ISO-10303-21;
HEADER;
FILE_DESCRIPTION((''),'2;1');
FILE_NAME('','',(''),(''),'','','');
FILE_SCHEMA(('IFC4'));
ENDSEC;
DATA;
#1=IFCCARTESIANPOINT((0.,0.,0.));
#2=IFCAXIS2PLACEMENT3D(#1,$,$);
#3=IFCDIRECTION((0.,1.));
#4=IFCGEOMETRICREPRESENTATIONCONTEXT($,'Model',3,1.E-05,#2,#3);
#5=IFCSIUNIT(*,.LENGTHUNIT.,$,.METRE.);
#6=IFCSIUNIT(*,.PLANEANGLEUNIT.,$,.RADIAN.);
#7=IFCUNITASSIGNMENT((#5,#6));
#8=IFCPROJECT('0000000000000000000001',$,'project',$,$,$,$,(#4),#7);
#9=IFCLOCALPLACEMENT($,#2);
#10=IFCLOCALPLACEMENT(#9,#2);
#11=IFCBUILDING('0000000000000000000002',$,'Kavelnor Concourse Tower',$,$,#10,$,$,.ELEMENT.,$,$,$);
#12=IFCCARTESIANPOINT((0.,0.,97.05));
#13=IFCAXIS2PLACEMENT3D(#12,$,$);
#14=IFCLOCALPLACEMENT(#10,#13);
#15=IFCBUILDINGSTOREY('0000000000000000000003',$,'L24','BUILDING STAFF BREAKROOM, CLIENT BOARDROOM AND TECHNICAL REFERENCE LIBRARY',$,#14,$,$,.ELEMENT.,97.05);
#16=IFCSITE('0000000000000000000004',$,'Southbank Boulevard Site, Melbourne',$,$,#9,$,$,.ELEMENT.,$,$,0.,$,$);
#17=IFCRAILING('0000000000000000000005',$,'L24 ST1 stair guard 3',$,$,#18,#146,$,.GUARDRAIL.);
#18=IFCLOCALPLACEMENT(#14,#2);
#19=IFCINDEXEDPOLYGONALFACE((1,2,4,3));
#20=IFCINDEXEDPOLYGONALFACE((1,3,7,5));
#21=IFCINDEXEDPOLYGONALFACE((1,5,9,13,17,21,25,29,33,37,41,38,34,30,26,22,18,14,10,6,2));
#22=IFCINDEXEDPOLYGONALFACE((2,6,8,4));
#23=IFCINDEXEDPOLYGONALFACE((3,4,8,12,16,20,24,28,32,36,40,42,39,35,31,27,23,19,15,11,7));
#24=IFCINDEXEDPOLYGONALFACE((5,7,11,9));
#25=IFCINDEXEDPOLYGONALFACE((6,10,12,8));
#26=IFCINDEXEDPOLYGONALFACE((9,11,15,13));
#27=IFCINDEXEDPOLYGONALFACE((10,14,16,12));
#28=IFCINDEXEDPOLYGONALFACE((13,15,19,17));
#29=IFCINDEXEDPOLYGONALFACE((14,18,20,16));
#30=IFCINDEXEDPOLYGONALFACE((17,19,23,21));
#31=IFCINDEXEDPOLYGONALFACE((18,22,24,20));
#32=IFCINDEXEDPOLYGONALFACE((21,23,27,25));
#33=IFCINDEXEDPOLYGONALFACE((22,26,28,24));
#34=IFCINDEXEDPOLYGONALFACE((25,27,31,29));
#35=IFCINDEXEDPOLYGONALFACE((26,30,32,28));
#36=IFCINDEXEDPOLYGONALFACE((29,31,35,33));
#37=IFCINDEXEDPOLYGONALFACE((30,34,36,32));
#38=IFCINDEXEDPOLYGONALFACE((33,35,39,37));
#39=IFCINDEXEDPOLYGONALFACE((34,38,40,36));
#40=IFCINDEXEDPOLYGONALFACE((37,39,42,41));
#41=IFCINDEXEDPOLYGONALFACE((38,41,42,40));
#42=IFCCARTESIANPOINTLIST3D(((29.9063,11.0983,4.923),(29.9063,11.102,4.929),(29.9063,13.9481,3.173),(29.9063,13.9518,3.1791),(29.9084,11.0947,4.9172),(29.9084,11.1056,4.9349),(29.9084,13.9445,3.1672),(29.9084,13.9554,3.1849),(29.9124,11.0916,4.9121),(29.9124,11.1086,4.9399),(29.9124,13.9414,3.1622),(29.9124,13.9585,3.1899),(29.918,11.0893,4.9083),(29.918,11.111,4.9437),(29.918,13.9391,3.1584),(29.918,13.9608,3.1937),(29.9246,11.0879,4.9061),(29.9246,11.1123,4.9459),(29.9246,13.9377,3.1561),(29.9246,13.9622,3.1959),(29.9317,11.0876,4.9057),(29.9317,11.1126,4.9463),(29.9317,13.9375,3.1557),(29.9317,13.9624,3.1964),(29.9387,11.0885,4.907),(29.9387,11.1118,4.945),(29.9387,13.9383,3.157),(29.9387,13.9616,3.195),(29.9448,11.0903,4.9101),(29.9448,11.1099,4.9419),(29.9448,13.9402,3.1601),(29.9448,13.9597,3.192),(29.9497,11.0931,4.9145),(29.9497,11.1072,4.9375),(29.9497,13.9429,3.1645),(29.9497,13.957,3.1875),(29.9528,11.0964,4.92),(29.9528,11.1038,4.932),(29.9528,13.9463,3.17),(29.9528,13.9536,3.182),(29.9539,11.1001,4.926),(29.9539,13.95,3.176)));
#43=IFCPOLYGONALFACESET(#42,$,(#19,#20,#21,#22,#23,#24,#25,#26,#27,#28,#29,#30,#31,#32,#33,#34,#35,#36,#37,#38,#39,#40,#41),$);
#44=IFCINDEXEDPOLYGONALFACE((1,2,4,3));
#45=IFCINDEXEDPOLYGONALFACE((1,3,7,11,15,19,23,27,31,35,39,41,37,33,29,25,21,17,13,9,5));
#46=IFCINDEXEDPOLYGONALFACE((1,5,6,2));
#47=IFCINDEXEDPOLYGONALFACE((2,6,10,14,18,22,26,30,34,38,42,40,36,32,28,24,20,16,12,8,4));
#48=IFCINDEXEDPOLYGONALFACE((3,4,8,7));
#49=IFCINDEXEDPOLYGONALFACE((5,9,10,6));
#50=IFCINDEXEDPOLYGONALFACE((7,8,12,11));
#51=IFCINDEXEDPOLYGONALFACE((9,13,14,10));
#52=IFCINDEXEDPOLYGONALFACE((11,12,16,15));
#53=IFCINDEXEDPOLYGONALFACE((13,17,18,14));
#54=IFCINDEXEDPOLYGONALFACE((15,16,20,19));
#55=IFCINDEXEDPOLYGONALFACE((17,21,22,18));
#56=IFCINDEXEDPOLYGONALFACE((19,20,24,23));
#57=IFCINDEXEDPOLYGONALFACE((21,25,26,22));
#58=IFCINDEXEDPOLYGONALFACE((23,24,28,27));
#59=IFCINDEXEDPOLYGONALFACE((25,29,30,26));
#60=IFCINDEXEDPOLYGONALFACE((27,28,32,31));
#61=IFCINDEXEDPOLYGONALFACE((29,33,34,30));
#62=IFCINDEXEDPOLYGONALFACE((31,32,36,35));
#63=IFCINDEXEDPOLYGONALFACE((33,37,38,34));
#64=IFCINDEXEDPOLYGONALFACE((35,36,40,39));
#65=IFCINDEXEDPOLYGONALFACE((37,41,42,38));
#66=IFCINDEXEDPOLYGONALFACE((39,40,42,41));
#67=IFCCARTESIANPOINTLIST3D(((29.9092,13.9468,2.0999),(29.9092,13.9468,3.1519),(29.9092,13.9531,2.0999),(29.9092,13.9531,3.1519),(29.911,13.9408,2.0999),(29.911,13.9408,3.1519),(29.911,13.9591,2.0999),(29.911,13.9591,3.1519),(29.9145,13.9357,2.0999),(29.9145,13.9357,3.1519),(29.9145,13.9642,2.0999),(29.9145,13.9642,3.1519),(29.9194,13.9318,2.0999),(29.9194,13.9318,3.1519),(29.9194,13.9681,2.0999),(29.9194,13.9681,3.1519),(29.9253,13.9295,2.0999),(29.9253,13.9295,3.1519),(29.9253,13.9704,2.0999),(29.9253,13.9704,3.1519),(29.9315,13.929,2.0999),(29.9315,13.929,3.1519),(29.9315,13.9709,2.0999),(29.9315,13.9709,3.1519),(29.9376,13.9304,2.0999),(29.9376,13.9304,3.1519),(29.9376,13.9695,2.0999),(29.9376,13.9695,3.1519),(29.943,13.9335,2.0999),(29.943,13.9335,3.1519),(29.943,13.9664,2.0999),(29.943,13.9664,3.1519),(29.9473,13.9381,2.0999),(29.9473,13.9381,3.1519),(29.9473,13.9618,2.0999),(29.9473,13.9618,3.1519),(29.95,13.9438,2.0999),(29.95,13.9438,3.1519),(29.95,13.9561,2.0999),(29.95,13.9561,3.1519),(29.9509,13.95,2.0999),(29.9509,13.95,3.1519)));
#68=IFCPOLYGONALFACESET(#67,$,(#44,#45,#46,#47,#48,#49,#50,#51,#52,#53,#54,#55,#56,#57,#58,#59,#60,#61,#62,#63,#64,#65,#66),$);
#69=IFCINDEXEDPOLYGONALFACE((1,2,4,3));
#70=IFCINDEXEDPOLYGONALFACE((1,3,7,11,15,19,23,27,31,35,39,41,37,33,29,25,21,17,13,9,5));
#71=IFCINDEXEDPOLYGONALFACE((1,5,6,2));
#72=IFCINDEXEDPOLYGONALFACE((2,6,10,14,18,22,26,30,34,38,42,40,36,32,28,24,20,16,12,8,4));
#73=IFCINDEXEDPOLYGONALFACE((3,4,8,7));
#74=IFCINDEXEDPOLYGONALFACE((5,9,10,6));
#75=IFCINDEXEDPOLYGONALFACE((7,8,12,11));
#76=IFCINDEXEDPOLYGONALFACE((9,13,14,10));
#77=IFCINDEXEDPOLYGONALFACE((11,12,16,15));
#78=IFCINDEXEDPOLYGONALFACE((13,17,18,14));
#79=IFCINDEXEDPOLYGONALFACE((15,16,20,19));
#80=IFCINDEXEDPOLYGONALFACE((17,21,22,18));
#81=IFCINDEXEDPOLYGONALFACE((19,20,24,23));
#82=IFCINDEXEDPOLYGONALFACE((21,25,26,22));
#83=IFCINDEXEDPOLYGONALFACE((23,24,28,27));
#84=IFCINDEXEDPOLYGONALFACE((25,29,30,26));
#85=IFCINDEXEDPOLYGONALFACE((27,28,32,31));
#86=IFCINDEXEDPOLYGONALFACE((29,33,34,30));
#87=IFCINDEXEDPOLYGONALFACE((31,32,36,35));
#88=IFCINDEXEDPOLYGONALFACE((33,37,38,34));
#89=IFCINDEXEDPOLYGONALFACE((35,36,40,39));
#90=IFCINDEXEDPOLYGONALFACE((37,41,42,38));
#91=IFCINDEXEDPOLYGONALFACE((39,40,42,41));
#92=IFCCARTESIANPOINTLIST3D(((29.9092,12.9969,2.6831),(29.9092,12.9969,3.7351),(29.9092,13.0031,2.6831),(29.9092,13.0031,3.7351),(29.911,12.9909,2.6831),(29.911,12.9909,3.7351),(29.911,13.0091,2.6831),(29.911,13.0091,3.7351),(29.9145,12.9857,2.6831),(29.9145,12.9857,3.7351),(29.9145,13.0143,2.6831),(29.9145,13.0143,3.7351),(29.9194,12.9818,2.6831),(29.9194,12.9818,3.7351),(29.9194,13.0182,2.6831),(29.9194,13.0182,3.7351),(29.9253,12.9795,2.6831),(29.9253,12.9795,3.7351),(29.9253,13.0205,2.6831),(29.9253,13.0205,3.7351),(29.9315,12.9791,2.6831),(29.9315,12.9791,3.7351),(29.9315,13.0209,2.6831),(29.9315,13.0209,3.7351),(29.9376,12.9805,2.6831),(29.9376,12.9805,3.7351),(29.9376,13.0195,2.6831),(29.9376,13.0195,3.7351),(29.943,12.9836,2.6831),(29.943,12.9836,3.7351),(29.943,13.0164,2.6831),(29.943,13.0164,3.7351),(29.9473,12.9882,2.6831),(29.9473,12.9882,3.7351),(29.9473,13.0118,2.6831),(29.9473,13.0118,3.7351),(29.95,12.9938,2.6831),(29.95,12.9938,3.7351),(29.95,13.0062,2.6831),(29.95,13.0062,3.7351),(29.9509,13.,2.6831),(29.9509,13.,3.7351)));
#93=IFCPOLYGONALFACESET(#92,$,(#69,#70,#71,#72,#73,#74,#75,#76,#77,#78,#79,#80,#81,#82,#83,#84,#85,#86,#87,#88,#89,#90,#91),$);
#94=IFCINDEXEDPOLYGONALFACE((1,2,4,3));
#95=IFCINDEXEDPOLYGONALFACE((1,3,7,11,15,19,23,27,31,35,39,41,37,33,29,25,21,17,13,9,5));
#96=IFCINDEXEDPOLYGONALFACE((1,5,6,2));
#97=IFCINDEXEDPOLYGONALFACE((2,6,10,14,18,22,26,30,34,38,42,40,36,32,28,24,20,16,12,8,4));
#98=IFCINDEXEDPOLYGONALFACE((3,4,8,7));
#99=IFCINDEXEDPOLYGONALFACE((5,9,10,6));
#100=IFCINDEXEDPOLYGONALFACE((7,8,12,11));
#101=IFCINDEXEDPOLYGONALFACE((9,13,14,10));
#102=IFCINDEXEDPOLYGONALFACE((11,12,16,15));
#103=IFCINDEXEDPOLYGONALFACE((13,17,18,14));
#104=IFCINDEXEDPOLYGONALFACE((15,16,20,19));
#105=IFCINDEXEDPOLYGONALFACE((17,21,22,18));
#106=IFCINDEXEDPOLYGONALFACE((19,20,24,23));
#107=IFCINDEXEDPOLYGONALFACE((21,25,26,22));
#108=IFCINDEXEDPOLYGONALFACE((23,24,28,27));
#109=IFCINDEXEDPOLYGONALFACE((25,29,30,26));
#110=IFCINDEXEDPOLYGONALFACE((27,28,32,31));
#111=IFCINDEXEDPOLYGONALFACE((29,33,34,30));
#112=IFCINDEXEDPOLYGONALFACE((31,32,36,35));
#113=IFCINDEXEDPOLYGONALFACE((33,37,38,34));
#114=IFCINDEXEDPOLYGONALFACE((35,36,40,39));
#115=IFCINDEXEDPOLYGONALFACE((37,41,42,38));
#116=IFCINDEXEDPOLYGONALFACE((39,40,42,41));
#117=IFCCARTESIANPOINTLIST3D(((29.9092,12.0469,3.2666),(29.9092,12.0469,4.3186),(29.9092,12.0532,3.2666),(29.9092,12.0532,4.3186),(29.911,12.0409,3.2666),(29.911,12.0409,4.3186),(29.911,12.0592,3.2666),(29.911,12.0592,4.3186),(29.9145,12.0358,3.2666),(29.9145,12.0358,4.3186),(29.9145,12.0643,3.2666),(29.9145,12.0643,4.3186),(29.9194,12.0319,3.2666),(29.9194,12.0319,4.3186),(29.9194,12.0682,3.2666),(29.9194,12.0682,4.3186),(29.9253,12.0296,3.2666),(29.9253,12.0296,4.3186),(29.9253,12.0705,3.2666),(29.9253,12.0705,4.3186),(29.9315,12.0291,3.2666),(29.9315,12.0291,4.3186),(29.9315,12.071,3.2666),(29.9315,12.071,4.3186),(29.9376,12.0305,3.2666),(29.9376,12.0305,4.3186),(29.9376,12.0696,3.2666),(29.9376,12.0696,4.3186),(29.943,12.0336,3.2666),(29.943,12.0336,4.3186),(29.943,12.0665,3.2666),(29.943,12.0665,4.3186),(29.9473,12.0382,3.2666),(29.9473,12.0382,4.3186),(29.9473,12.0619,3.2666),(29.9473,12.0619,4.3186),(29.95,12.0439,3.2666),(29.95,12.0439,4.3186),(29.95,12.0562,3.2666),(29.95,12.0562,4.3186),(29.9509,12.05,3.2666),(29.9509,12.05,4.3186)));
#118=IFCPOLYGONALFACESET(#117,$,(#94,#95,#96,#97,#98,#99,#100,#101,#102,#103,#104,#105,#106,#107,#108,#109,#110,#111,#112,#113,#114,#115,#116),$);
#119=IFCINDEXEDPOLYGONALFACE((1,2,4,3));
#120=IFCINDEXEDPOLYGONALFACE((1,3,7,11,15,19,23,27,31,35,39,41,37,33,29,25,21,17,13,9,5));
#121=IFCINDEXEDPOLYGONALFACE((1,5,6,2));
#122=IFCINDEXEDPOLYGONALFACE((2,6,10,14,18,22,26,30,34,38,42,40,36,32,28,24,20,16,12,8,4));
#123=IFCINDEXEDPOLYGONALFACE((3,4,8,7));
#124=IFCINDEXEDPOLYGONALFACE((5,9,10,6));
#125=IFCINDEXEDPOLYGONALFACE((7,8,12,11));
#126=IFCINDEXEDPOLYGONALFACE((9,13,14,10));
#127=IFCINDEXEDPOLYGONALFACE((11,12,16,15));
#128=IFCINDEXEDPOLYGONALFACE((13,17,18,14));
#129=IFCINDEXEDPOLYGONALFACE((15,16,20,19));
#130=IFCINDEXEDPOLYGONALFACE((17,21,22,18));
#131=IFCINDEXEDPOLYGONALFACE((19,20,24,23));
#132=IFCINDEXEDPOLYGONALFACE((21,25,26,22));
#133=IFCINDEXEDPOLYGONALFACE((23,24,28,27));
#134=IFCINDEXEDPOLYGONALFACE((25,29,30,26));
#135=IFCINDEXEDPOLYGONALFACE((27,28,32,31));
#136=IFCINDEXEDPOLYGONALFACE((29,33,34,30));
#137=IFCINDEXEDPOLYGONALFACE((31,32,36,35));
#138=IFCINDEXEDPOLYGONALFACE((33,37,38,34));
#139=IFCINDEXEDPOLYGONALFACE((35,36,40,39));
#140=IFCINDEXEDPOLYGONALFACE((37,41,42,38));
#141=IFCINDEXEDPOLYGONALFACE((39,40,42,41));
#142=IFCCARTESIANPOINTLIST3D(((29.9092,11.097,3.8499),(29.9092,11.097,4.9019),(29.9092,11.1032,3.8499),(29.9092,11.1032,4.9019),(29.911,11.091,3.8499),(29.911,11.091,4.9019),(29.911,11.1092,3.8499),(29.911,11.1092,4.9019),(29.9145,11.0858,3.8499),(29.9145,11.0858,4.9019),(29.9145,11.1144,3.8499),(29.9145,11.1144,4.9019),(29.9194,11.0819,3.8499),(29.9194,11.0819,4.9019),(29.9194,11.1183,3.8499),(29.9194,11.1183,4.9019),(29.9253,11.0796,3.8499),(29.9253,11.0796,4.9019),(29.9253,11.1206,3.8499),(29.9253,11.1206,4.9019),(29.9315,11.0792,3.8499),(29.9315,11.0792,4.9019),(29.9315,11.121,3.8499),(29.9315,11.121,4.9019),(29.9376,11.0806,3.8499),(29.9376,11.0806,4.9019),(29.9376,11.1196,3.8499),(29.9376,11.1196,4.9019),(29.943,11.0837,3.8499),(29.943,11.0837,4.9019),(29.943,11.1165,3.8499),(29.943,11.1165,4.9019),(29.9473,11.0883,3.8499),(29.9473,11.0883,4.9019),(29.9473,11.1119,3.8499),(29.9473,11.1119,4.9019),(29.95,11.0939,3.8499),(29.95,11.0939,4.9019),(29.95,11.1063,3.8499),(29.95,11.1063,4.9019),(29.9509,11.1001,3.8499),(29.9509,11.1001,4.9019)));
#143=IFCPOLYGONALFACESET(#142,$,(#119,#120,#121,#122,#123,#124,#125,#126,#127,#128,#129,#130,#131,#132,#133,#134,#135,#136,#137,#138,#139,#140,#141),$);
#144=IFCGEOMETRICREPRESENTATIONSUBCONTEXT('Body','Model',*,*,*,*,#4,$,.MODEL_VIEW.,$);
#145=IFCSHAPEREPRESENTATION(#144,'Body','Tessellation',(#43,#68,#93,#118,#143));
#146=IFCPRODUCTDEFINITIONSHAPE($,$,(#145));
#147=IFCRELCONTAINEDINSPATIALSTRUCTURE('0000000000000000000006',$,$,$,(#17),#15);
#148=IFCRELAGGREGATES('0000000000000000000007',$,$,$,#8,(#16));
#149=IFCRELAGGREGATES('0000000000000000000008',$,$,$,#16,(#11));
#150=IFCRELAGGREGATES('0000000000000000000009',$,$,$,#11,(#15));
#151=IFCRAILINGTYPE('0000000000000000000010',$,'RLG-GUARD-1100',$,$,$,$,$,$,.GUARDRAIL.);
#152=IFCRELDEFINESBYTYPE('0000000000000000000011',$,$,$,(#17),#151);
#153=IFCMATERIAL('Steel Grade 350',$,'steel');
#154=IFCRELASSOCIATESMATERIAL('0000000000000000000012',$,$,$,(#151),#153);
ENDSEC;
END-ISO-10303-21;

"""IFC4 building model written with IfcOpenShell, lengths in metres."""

from ifc_helpers import new_model, si_unit, direction, frame, origin, origin_2d, place, context, subcontext, project, spatial, circle, extrude, material, type_object, element, save


model = new_model("IFC4")

# Units and contexts
model_context = context("Model", 3, precision=1e-05, world=origin(), true_north=direction((0.0, 1.0)))
body_context = subcontext(model_context, "Body", "Model", "MODEL_VIEW")
ifc_project = project(units=[si_unit("LENGTHUNIT", "METRE"), si_unit("PLANEANGLEUNIT", "RADIAN")], contexts=[model_context])

# Site, building, storey
site_placement = place(None, origin())
site = spatial("IfcSite", under=ifc_project, at=site_placement, Name="Southbank Boulevard Site, Melbourne", CompositionType="ELEMENT", RefElevation=0.0)
building_placement = place(site_placement, origin())
building = spatial("IfcBuilding", under=site, at=building_placement, Name="Kavelnor Concourse Tower", CompositionType="ELEMENT")
storey_placement = place(building_placement, frame((0.0, 0.0, 97.05)))
storey = spatial("IfcBuildingStorey", under=building, at=storey_placement, Name="L24", Description="BUILDING STAFF BREAKROOM, CLIENT BOARDROOM AND TECHNICAL REFERENCE LIBRARY", CompositionType="ELEMENT", Elevation=97.05)

# Shared definitions
ifc_material_1 = material(Name="Steel Grade 350", Category="steel")

# Railing
railing_type = type_object("IfcRailingType", Name="RLG-GUARD-1100", PredefinedType="GUARDRAIL", material=ifc_material_1)
railing_1_placement = place(storey_placement, frame((29.9299, 13.95, 2.0999)))
element("IfcRailing", 1, at=railing_1_placement, inside=storey, type_object=railing_type, Name="L24 ST1 stair guard 3", PredefinedType="GUARDRAIL", context=body_context, shape_type="SweptSolid", body=[
    extrude(circle(Radius=0.0239, at=origin_2d()), frame((0.0, 0.0, 1.0762), z_axis=(0.0, -0.852159, 0.523283), x_axis=(1.0, 0.0, 0.0)), (0.0, 0.0, 1.0), 3.3442),
    extrude(circle(Radius=0.021, at=origin_2d()), origin(), (0.0, 0.0, 1.0), 1.052),
    extrude(circle(Radius=0.021, at=origin_2d()), frame((0.0, -0.95, 0.5833)), (0.0, 0.0, 1.0), 1.052),
    extrude(circle(Radius=0.021, at=origin_2d()), frame((0.0, -1.8999, 1.1667)), (0.0, 0.0, 1.0), 1.052),
    extrude(circle(Radius=0.021, at=origin_2d()), frame((0.0, -2.8499, 1.75)), (0.0, 0.0, 1.0), 1.052),
])

save(model, "model.ifc")
